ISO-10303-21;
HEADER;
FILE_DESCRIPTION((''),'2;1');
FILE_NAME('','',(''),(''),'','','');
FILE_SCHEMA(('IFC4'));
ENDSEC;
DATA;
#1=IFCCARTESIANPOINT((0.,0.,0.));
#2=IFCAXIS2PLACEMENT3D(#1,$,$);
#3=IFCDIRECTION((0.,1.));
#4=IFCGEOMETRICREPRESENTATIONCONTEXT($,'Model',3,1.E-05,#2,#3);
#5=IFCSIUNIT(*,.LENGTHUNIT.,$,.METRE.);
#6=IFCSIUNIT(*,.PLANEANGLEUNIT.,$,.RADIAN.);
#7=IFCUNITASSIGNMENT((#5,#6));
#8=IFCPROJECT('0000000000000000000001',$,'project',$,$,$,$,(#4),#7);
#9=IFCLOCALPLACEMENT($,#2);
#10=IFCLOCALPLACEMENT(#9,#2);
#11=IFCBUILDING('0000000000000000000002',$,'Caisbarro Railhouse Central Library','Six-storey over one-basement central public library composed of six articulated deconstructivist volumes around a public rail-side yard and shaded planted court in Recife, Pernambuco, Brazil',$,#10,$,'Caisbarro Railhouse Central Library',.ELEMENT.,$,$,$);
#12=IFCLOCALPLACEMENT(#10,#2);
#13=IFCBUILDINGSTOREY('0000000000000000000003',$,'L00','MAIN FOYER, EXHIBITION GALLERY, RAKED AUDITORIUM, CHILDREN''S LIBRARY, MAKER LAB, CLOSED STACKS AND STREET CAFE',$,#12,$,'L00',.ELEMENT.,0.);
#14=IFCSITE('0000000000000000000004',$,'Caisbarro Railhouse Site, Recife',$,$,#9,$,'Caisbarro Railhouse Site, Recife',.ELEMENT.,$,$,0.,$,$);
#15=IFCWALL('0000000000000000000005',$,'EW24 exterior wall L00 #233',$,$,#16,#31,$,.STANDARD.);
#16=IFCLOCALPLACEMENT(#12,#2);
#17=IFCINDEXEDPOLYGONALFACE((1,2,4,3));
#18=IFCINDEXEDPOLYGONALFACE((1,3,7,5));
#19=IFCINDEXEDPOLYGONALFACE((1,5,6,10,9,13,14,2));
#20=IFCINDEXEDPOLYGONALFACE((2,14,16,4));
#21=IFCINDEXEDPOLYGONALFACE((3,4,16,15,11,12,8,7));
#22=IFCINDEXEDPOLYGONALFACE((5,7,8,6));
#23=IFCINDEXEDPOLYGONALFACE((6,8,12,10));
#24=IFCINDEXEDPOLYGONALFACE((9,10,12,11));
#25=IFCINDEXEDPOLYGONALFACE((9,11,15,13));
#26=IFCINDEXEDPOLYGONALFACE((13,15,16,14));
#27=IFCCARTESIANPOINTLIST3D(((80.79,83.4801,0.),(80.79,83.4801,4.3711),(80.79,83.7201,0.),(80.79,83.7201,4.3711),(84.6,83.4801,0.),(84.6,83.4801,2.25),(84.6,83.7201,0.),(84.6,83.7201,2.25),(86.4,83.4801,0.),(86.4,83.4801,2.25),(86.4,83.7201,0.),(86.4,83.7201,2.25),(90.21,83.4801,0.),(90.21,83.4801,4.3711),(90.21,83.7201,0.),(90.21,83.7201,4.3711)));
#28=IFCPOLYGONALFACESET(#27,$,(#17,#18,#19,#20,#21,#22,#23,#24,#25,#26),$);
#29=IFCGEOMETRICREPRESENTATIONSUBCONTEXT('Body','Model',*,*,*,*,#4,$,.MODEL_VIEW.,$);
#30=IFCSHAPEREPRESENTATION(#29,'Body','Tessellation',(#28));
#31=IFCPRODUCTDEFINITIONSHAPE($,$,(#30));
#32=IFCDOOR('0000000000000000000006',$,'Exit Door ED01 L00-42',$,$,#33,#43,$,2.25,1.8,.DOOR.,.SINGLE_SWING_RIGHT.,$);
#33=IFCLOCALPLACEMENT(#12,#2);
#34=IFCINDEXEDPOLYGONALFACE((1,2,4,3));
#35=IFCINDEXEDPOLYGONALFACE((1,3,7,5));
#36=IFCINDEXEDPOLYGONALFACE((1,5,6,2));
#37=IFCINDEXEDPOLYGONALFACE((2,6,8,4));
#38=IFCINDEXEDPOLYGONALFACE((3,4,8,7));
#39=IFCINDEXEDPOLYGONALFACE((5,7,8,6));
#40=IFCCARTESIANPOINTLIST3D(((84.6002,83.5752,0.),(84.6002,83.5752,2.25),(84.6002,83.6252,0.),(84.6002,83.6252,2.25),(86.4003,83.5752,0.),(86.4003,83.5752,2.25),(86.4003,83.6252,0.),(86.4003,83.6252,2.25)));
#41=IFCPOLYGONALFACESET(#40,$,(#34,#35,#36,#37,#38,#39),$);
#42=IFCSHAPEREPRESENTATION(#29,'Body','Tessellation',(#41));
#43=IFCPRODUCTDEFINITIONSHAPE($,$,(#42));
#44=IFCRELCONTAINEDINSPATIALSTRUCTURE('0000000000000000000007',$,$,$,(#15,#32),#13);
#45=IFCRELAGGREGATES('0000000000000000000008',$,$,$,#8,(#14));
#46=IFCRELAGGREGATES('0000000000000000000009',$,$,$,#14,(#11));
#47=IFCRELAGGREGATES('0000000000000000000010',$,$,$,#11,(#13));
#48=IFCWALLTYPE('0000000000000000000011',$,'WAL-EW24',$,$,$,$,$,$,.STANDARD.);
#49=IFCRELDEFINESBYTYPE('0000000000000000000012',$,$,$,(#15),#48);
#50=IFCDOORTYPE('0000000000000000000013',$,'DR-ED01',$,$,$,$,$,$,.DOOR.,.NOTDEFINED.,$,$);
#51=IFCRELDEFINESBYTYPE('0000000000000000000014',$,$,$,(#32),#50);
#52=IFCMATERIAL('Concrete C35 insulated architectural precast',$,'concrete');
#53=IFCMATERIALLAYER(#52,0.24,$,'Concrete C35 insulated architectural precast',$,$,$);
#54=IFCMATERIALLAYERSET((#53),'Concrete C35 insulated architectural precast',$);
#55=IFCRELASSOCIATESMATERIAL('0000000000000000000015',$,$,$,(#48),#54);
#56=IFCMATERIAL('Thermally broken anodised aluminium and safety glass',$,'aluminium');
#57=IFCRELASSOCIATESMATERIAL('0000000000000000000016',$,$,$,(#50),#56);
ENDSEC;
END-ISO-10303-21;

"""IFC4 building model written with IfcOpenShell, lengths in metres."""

from ifc_helpers import new_model, si_unit, direction, frame, frame_2d, origin, place, context, subcontext, project, spatial, rectangle, extrude, material, layer, layer_set, type_object, element, fill, save


model = new_model("IFC4")

# Units and contexts
model_context = context("Model", 3, precision=1e-05, world=origin(), true_north=direction((0.0, 1.0)))
body_context = subcontext(model_context, "Body", "Model", "MODEL_VIEW")
ifc_project = project(units=[si_unit("LENGTHUNIT", "METRE"), si_unit("PLANEANGLEUNIT", "RADIAN")], contexts=[model_context])

# Site, building, storey
site_placement = place(None, origin())
site = spatial("IfcSite", under=ifc_project, at=site_placement, Name="Caisbarro Railhouse Site, Recife", LongName="Caisbarro Railhouse Site, Recife", CompositionType="ELEMENT", RefElevation=0.0)
building_placement = place(site_placement, origin())
building = spatial("IfcBuilding", under=site, at=building_placement, Name="Caisbarro Railhouse Central Library", Description="Six-storey over one-basement central public library composed of six articulated deconstructivist volumes around a public rail-side yard and shaded planted court in Recife, Pernambuco, Brazil", LongName="Caisbarro Railhouse Central Library", CompositionType="ELEMENT")
storey_placement = place(building_placement, origin())
storey = spatial("IfcBuildingStorey", under=building, at=storey_placement, Name="L00", Description="MAIN FOYER, EXHIBITION GALLERY, RAKED AUDITORIUM, CHILDREN'S LIBRARY, MAKER LAB, CLOSED STACKS AND STREET CAFE", LongName="L00", CompositionType="ELEMENT", Elevation=0.0)

# Wall, opening, door
ifc_material_1 = material(Name="Concrete C35 insulated architectural precast", Category="concrete")
ifc_layer_1 = layer(ifc_material_1, 0.24, Name="Concrete C35 insulated architectural precast")
ifc_layer_set_1 = layer_set([ifc_layer_1], Name="Concrete C35 insulated architectural precast")
wall_type = type_object("IfcWallType", Name="WAL-EW24", PredefinedType="STANDARD", material=ifc_layer_set_1)
wall_placement = place(storey_placement, frame((80.79, 83.6001, 0.0), z_axis=(0.0, 0.0, 1.0), x_axis=(1.0, 0.0, 0.0)))
wall = element("IfcWall", 1, at=wall_placement, inside=storey, type_object=wall_type, Name="EW24 exterior wall L00 #233", PredefinedType="STANDARD", context=body_context, shape_type="SweptSolid", body=[
    extrude(rectangle(XDim=9.4199, YDim=0.24, at=frame_2d((4.71, 0.0))), origin(), (0.0, 0.0, 1.0), 4.3711),
])
opening_placement = place(wall_placement, frame((3.8101, 0.0, 0.0)))
opening = element("IfcOpeningElement", 2, at=opening_placement, cuts=wall, PredefinedType="OPENING", context=body_context, shape_type="SweptSolid", body=[
    extrude(rectangle(XDim=1.8, YDim=2.25, at=frame_2d((0.8999, 1.125))), frame((0.0, 0.1299, 0.0), z_axis=(0.0, -1.0, 0.0), x_axis=(1.0, 0.0, 0.0)), (0.0, 0.0, 1.0), 0.26),
])
ifc_material_2 = material(Name="Thermally broken anodised aluminium and safety glass", Category="aluminium")
door_type = type_object("IfcDoorType", Name="DR-ED01", OperationType="NOTDEFINED", PredefinedType="DOOR", material=ifc_material_2)
door_placement = place(opening_placement, frame((1.8, 0.0, 0.0), z_axis=(0.0, 0.0, 1.0), x_axis=(-1.0, 0.0, 0.0)))
door = element("IfcDoor", 3, at=door_placement, inside=storey, type_object=door_type, Name="Exit Door ED01 L00-42", OperationType="SINGLE_SWING_RIGHT", OverallHeight=2.25, OverallWidth=1.8, PredefinedType="DOOR", context=body_context, shape_type="SweptSolid", body=[
    extrude(rectangle(XDim=1.8, YDim=2.25, at=frame_2d((0.8999, 1.125))), frame((0.0, 0.0249, 0.0), z_axis=(0.0, -1.0, 0.0), x_axis=(1.0, 0.0, 0.0)), (0.0, 0.0, 1.0), 0.05),
])
fill(opening, door)

save(model, "model.ifc")
